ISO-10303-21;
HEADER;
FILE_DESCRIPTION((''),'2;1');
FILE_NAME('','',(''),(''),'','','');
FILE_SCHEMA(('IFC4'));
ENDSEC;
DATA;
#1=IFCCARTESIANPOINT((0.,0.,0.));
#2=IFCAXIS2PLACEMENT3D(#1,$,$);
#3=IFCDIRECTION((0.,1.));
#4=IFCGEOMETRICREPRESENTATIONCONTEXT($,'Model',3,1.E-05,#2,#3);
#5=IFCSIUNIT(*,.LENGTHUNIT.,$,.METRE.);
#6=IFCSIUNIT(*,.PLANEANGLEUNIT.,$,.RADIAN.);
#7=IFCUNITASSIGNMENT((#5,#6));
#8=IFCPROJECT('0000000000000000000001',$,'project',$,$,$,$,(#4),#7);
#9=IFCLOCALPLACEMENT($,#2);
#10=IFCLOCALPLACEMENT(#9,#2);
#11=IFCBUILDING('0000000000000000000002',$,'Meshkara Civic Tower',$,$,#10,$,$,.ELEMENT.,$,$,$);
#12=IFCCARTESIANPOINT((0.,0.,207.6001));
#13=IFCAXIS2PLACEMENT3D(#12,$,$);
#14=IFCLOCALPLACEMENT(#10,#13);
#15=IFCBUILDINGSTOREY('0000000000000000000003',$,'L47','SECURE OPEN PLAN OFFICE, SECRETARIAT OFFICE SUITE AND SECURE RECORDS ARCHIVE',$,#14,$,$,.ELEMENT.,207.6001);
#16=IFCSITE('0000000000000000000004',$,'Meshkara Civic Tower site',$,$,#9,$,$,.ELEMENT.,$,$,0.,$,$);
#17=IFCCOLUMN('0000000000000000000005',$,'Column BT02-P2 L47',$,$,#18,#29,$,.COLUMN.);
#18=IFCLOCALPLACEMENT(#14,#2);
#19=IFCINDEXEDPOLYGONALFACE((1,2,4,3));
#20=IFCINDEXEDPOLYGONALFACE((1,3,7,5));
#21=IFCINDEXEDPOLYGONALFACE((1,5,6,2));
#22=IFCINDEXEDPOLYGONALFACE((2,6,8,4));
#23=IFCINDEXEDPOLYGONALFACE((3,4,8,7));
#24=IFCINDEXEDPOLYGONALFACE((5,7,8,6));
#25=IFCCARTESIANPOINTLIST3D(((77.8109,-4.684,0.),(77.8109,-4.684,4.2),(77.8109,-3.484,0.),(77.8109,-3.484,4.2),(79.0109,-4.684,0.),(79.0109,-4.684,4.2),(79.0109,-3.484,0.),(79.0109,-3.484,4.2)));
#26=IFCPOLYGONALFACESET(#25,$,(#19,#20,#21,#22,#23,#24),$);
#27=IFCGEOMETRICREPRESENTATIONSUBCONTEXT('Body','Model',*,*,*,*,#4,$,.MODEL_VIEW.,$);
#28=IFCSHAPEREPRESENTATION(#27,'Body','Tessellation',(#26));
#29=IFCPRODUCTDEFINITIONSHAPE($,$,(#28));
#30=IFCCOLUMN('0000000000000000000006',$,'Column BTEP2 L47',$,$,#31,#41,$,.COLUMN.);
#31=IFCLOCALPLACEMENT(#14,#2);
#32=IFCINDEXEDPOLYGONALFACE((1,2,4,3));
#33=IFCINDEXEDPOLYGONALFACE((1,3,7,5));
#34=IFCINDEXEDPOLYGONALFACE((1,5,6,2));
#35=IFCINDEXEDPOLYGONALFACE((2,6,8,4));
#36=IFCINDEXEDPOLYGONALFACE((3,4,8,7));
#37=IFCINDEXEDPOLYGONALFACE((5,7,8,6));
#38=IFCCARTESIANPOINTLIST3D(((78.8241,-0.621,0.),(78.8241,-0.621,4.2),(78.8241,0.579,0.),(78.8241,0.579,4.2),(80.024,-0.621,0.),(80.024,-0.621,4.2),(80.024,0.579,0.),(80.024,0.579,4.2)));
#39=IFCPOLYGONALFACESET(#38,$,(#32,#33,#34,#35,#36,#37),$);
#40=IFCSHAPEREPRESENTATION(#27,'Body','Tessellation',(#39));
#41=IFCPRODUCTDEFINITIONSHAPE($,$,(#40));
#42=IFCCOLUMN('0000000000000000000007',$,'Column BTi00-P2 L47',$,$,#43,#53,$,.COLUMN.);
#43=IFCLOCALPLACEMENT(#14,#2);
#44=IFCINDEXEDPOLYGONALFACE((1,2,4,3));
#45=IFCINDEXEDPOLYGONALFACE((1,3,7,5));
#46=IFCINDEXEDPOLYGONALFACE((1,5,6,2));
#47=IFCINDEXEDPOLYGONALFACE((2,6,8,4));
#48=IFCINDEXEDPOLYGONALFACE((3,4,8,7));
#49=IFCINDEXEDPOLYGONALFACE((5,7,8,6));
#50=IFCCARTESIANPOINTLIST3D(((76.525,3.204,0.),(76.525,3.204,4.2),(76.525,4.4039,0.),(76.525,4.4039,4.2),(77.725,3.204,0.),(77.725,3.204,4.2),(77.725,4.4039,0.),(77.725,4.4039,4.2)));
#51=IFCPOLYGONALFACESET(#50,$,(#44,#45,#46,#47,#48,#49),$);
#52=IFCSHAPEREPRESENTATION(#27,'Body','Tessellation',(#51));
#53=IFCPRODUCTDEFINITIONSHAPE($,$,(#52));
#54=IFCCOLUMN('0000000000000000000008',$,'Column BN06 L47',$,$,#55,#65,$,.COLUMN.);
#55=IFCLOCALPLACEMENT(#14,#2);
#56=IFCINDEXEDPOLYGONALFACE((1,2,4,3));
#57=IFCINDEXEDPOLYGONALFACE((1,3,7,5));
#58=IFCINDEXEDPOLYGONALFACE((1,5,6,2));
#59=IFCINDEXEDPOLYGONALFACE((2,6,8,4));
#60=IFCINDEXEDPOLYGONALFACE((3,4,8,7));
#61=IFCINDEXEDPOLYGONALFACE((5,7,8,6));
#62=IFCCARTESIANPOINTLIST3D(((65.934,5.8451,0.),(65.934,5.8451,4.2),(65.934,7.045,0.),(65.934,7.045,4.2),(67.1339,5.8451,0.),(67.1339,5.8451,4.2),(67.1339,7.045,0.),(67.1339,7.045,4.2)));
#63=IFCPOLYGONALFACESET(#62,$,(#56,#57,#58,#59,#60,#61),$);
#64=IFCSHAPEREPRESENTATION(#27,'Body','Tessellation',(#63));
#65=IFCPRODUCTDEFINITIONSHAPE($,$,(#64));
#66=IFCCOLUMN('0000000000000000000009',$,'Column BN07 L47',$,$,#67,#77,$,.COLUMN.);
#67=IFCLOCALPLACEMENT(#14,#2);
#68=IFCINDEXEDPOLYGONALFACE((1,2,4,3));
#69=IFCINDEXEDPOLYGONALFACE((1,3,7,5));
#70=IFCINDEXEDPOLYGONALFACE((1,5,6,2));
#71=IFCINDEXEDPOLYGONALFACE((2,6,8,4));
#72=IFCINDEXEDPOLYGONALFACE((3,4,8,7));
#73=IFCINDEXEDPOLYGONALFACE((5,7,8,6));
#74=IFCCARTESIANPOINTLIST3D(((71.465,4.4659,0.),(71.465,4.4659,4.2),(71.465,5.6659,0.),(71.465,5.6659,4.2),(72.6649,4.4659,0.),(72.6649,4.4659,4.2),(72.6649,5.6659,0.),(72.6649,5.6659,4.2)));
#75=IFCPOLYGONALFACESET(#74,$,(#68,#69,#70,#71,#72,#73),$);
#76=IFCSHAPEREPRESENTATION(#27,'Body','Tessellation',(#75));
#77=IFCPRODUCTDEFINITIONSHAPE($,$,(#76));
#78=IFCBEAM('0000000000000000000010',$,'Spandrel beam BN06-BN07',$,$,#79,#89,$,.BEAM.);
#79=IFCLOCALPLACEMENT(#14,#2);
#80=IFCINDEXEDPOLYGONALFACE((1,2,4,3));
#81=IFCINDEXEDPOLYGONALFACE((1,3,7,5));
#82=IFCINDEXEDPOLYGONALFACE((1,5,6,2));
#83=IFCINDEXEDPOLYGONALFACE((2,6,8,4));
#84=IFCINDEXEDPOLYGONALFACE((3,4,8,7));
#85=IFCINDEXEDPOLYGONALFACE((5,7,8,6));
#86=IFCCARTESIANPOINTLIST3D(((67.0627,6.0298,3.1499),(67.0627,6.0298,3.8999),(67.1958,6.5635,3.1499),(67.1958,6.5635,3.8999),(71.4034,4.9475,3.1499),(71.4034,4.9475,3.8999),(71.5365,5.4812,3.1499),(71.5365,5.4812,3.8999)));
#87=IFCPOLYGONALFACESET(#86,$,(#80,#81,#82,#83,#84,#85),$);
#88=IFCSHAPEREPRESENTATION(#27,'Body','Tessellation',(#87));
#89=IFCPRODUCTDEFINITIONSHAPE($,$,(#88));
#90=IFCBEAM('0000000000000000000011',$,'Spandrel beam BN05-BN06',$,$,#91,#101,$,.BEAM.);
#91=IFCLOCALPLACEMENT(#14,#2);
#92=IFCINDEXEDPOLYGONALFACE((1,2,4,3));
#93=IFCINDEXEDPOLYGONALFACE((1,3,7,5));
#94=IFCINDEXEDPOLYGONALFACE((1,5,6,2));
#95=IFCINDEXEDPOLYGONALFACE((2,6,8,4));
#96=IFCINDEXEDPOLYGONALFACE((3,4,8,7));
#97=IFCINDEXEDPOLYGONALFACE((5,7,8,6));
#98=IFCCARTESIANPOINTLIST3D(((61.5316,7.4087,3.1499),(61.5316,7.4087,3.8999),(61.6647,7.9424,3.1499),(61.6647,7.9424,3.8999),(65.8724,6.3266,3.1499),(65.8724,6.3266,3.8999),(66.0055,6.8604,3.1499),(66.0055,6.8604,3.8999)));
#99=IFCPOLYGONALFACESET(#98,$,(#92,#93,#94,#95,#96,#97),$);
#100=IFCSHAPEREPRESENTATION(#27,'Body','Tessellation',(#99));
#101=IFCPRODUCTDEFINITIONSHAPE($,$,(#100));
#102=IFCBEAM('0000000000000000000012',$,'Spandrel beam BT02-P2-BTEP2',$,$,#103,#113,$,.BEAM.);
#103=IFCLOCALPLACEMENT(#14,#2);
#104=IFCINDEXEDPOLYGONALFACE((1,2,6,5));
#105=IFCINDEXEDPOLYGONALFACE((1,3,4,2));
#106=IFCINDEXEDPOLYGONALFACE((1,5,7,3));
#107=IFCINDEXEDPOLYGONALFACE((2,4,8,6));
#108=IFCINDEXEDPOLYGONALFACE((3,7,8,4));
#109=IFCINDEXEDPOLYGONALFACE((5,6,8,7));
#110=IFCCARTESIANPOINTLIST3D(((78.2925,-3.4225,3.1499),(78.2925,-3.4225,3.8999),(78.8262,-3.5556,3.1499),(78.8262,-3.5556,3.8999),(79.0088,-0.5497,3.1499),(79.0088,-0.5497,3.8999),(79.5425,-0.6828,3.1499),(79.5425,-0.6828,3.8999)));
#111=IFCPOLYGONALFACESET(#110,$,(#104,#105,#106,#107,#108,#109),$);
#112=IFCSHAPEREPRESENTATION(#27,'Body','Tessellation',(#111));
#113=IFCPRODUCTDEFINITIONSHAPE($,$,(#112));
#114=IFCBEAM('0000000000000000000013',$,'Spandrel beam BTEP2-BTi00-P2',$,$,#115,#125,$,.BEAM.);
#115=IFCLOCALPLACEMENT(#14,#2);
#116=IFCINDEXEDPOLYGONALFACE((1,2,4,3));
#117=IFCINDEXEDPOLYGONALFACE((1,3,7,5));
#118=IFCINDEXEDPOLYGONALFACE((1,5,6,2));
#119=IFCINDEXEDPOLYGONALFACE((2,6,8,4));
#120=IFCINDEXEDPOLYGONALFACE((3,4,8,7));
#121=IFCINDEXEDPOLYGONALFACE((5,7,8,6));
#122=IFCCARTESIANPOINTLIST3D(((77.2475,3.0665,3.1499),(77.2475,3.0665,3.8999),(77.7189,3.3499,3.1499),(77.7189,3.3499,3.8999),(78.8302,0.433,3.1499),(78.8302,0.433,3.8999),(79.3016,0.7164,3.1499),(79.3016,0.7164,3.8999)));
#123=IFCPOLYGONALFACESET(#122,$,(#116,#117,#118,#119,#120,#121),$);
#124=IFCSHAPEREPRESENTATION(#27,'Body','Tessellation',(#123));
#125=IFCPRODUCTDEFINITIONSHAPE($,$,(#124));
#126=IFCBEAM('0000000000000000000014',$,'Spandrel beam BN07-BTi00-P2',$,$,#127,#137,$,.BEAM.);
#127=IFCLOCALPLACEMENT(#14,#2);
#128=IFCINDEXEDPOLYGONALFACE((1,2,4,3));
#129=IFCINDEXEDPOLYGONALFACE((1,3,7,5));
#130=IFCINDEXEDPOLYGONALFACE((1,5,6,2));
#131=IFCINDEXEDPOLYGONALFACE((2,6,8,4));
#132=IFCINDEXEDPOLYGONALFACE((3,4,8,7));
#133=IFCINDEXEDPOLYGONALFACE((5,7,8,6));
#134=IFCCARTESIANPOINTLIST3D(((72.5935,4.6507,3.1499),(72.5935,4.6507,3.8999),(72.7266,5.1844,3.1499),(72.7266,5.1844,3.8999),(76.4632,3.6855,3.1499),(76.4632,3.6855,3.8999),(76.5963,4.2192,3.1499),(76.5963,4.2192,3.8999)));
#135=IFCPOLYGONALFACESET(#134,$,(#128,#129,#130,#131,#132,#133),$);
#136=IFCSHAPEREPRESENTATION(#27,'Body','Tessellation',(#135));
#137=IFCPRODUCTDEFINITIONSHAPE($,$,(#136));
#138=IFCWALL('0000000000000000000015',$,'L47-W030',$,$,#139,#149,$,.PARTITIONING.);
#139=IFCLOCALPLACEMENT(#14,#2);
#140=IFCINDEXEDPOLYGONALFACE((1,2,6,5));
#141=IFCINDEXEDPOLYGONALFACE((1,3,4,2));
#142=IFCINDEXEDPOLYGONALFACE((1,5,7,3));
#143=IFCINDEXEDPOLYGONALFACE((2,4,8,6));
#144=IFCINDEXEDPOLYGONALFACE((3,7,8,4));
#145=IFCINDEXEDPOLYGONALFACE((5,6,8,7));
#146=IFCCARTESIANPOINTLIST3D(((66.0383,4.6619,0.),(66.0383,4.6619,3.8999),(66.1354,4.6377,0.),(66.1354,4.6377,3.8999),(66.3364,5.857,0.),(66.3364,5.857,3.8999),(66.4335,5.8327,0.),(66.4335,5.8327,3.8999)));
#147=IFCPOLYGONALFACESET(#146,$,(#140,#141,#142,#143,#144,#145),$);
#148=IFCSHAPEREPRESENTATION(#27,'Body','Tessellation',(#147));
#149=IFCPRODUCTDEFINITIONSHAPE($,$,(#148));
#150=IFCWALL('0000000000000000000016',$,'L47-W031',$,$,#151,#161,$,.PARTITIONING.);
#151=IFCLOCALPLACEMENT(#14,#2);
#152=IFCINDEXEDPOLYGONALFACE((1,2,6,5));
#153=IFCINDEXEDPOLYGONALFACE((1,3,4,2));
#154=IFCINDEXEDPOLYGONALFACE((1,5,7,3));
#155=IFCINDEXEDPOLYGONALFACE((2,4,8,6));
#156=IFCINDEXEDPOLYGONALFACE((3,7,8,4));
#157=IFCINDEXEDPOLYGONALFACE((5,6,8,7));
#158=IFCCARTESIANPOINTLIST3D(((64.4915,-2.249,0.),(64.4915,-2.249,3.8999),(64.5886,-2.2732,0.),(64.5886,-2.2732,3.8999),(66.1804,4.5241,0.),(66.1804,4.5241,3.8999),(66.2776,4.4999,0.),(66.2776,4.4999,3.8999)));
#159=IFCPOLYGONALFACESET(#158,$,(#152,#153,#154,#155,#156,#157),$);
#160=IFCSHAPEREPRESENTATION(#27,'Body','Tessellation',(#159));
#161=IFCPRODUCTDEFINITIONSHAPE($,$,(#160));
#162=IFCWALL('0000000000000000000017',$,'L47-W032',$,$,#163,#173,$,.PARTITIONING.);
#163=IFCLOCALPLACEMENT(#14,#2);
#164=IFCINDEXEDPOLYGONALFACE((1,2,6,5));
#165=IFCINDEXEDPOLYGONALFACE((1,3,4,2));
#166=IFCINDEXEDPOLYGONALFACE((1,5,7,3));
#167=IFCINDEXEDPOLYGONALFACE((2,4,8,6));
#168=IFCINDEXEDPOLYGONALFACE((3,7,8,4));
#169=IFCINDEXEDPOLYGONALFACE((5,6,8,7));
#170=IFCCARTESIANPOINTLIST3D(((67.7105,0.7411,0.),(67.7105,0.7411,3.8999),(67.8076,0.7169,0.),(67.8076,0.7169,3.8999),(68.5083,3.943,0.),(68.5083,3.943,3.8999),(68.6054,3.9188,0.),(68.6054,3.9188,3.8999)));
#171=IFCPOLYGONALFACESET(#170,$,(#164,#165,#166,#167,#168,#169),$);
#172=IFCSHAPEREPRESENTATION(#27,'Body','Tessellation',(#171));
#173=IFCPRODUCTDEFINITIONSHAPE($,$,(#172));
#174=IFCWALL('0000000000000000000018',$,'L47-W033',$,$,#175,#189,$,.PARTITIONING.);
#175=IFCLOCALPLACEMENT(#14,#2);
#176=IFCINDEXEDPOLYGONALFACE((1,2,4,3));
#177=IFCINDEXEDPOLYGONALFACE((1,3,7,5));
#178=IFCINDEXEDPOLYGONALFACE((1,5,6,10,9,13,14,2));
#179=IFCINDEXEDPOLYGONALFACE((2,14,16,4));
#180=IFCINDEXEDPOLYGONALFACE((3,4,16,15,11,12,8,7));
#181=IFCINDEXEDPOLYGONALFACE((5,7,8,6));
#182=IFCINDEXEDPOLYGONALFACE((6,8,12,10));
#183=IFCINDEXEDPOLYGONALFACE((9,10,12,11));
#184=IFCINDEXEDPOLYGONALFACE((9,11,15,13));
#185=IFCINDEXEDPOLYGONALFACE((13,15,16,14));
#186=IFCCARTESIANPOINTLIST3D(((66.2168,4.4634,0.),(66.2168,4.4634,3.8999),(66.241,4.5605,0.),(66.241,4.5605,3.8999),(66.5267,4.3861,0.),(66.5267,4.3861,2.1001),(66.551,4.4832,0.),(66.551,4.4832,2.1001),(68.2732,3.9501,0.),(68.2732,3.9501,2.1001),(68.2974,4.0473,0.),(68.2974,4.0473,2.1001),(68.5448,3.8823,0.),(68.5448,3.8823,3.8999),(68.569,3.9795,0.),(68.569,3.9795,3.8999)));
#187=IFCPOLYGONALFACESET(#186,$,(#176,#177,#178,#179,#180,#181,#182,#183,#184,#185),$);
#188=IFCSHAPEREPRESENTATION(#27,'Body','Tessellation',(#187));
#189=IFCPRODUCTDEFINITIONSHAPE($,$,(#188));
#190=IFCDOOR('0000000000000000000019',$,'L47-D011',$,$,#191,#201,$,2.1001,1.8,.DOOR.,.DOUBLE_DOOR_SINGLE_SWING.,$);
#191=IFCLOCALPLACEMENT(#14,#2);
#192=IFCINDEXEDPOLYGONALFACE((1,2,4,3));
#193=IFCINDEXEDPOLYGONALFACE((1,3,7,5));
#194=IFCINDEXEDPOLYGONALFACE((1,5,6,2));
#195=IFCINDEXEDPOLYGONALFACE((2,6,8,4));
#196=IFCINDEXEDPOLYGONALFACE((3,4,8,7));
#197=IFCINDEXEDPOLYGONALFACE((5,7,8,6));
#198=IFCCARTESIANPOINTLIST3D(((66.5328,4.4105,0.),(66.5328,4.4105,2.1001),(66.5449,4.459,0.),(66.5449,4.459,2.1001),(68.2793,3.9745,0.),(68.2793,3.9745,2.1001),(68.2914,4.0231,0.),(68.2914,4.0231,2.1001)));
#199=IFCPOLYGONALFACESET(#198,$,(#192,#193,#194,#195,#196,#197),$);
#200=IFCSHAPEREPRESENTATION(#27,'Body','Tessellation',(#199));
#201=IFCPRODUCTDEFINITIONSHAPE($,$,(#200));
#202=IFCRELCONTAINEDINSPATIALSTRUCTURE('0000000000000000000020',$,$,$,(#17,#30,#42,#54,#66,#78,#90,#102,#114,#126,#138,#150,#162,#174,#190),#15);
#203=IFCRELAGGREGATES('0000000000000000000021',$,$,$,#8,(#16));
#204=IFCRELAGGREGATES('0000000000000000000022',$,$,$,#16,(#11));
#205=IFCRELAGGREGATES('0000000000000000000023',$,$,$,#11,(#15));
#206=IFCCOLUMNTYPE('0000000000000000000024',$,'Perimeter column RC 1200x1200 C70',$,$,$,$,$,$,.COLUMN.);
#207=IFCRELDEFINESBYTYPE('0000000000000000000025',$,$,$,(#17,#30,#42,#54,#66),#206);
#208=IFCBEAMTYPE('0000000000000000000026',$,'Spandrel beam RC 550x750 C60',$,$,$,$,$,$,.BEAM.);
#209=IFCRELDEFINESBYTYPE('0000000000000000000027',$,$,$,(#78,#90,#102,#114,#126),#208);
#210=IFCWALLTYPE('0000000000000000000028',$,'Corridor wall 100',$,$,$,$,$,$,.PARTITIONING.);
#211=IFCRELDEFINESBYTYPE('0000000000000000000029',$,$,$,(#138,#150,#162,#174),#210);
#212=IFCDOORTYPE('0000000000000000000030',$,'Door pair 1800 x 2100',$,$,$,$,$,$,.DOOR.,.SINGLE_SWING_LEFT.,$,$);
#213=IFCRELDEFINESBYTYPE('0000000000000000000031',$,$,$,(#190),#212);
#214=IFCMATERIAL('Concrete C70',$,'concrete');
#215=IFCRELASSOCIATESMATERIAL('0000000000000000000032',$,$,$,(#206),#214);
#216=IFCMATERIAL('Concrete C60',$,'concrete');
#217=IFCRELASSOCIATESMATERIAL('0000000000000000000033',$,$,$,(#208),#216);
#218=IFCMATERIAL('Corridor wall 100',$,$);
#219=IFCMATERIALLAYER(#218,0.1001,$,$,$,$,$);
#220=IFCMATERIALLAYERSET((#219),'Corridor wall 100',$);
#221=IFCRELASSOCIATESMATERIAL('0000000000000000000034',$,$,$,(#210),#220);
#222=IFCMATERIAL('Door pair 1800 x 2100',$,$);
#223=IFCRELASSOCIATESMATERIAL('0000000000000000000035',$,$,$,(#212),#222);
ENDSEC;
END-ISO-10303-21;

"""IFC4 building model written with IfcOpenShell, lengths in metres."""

from ifc_helpers import new_model, si_unit, direction, frame, frame_2d, origin, origin_2d, place, context, subcontext, project, spatial, rectangle, extrude, material, layer, layer_set, material_profile, profile_set, type_object, element, fill, save


model = new_model("IFC4")

# Units and contexts
model_context = context("Model", 3, precision=1e-05, world=origin(), true_north=direction((0.0, 1.0)))
body_context = subcontext(model_context, "Body", "Model", "MODEL_VIEW")
ifc_project = project(units=[si_unit("LENGTHUNIT", "METRE"), si_unit("PLANEANGLEUNIT", "RADIAN")], contexts=[model_context])

# Site, building, storey
site_placement = place(None, origin())
site = spatial("IfcSite", under=ifc_project, at=site_placement, Name="Meshkara Civic Tower site", CompositionType="ELEMENT", RefElevation=0.0)
building_placement = place(site_placement, origin())
building = spatial("IfcBuilding", under=site, at=building_placement, Name="Meshkara Civic Tower", CompositionType="ELEMENT")
storey_placement = place(building_placement, frame((0.0, 0.0, 207.6001)))
storey = spatial("IfcBuildingStorey", under=building, at=storey_placement, Name="L47", Description="SECURE OPEN PLAN OFFICE, SECRETARIAT OFFICE SUITE AND SECURE RECORDS ARCHIVE", CompositionType="ELEMENT", Elevation=207.6001)

# Columns
ifc_material_1 = material(Name="Concrete C70", Category="concrete")
ifc_material_profile_1 = material_profile(ifc_material_1, rectangle(XDim=1.2, YDim=1.2, at=origin_2d()))
ifc_profile_set_1 = profile_set([ifc_material_profile_1], Name="Concrete C70")
column_type = type_object("IfcColumnType", Name="Perimeter column RC 1200x1200 C70", PredefinedType="COLUMN", material=ifc_profile_set_1)
for number, where, z_axis, x_axis, name in (
    (1, (78.4109, -4.084, 0.0), (0.0, 0.0, 1.0), (1.0, 0.0, 0.0), "Column BT02-P2 L47"),
    (2, (79.4241, -0.021, 0.0), (0.0, 0.0, 1.0), (1.0, 0.0, 0.0), "Column BTEP2 L47"),
    (3, (77.125, 3.804, 0.0), (0.0, 0.0, 1.0), (1.0, 0.0, 0.0), "Column BTi00-P2 L47"),
    (4, (66.5339, 6.4451, 0.0), (0.0, 0.0, 1.0), (1.0, 0.0, 0.0), "Column BN06 L47"),
    (5, (72.0649, 5.0659, 0.0), (0.0, 0.0, 1.0), (1.0, 0.0, 0.0), "Column BN07 L47"),
):
    element("IfcColumn", number, at=place(storey_placement, frame(where, z_axis=z_axis, x_axis=x_axis)), inside=storey, type_object=column_type, Name=name, PredefinedType="COLUMN", context=body_context, shape_type="SweptSolid", body=[
        extrude(rectangle(XDim=1.2, YDim=1.2, at=origin_2d()), origin(), (0.0, 0.0, 1.0), 4.2),
    ])

# Beams
ifc_material_2 = material(Name="Concrete C60", Category="concrete")
ifc_material_profile_2 = material_profile(ifc_material_2, rectangle(XDim=0.55, YDim=0.75, at=origin_2d()))
ifc_profile_set_2 = profile_set([ifc_material_profile_2], Name="Concrete C60")
beam_type = type_object("IfcBeamType", Name="Spandrel beam RC 550x750 C60", PredefinedType="BEAM", material=ifc_profile_set_2)
for number, where, z_axis, x_axis, name in (
    (6, (71.47, 5.2144, 3.5249), (-0.970296, 0.241919, 0.0), (-0.241919, -0.970296, 0.0), "Spandrel beam BN06-BN07"),
    (7, (65.939, 6.5935, 3.5249), (-0.970309, 0.241868, 0.0), (-0.241868, -0.970309, 0.0), "Spandrel beam BN05-BN06"),
):
    element("IfcBeam", number, at=place(storey_placement, frame(where, z_axis=z_axis, x_axis=x_axis)), inside=storey, type_object=beam_type, Name=name, PredefinedType="BEAM", context=body_context, shape_type="SweptSolid", body=[
        extrude(rectangle(XDim=0.55, YDim=0.75, at=origin_2d()), origin(), (0.0, 0.0, 1.0), 4.4736),
    ])
beam_1_placement = place(storey_placement, frame((78.5593, -3.489, 3.5249), z_axis=(0.241934, 0.970293, 0.0), x_axis=(-0.970293, 0.241934, 0.0)))
element("IfcBeam", 8, at=beam_1_placement, inside=storey, type_object=beam_type, Name="Spandrel beam BT02-P2-BTEP2", PredefinedType="BEAM", context=body_context, shape_type="SweptSolid", body=[
    extrude(rectangle(XDim=0.55, YDim=0.75, at=origin_2d()), origin(), (0.0, 0.0, 1.0), 2.9607),
])
beam_2_placement = place(storey_placement, frame((79.0659, 0.5747, 3.5249), z_axis=(-0.515127, 0.857114, 0.0), x_axis=(-0.857114, -0.515127, 0.0)))
element("IfcBeam", 9, at=beam_2_placement, inside=storey, type_object=beam_type, Name="Spandrel beam BTEP2-BTi00-P2", PredefinedType="BEAM", context=body_context, shape_type="SweptSolid", body=[
    extrude(rectangle(XDim=0.55, YDim=0.75, at=origin_2d()), origin(), (0.0, 0.0, 1.0), 3.0725),
])
beam_3_placement = place(storey_placement, frame((76.5298, 3.9524, 3.5249), z_axis=(-0.970279, 0.241988, 0.0), x_axis=(-0.241988, -0.970279, 0.0)))
element("IfcBeam", 10, at=beam_3_placement, inside=storey, type_object=beam_type, Name="Spandrel beam BN07-BTi00-P2", PredefinedType="BEAM", context=body_context, shape_type="SweptSolid", body=[
    extrude(rectangle(XDim=0.55, YDim=0.75, at=origin_2d()), origin(), (0.0, 0.0, 1.0), 3.9883),
])

# Walls
ifc_material_3 = material(Name="Corridor wall 100")
ifc_layer_1 = layer(ifc_material_3, 0.1001)
ifc_layer_set_1 = layer_set([ifc_layer_1], Name="Corridor wall 100")
wall_type_1 = type_object("IfcWallType", Name="Corridor wall 100", PredefinedType="PARTITIONING", material=ifc_layer_set_1)
wall_1_placement = place(storey_placement, frame((66.0869, 4.6499, 0.0), z_axis=(0.0, 0.0, 1.0), x_axis=(0.242023, 0.970271, 0.0)))
element("IfcWall", 11, at=wall_1_placement, inside=storey, type_object=wall_type_1, Name="L47-W030", PredefinedType="PARTITIONING", context=body_context, shape_type="SweptSolid", body=[
    extrude(rectangle(XDim=1.2317, YDim=0.1001, at=frame_2d((0.6157, 0.0))), origin(), (0.0, 0.0, 1.0), 3.8999),
])
wall_2_placement = place(storey_placement, frame((66.229, 4.512, 0.0), z_axis=(0.0, 0.0, 1.0), x_axis=(-0.24196, -0.970286, 0.0)))
element("IfcWall", 12, at=wall_2_placement, inside=storey, type_object=wall_type_1, Name="L47-W031", PredefinedType="PARTITIONING", context=body_context, shape_type="SweptSolid", body=[
    extrude(rectangle(XDim=6.9805, YDim=0.1001, at=frame_2d((3.4902, 0.0))), origin(), (0.0, 0.0, 1.0), 3.8999),
])
wall_3_placement = place(storey_placement, frame((67.759, 0.729, 0.0), z_axis=(0.0, 0.0, 1.0), x_axis=(0.241787, 0.970329, 0.0)))
element("IfcWall", 13, at=wall_3_placement, inside=storey, type_object=wall_type_1, Name="L47-W032", PredefinedType="PARTITIONING", context=body_context, shape_type="SweptSolid", body=[
    extrude(rectangle(XDim=3.2998, YDim=0.1001, at=frame_2d((1.6499, 0.0))), origin(), (0.0, 0.0, 1.0), 3.8999),
])

# Wall, opening, door
wall_4_placement = place(storey_placement, frame((68.5569, 3.9309, 0.0), z_axis=(0.0, 0.0, 1.0), x_axis=(-0.970232, 0.242176, 0.0)))
wall_4 = element("IfcWall", 14, at=wall_4_placement, inside=storey, type_object=wall_type_1, Name="L47-W033", PredefinedType="PARTITIONING", context=body_context, shape_type="SweptSolid", body=[
    extrude(rectangle(XDim=2.3994, YDim=0.1001, at=frame_2d((1.1997, 0.0))), origin(), (0.0, 0.0, 1.0), 3.8999),
])
opening_1_placement = place(wall_4_placement, frame((0.28, 0.0, 0.0)))
opening_1 = element("IfcOpeningElement", 15, at=opening_1_placement, cuts=wall_4, PredefinedType="OPENING", context=body_context, shape_type="SweptSolid", body=[
    extrude(rectangle(XDim=1.8, YDim=2.1001, at=frame_2d((0.8999, 1.05))), frame((0.0, 0.0601, 0.0), z_axis=(0.0, -1.0, 0.0), x_axis=(1.0, 0.0, 0.0)), (0.0, 0.0, 1.0), 0.1201),
])
ifc_material_4 = material(Name="Door pair 1800 x 2100")
door_type = type_object("IfcDoorType", Name="Door pair 1800 x 2100", OperationType="SINGLE_SWING_LEFT", PredefinedType="DOOR", material=ifc_material_4)
door_placement = place(opening_1_placement, origin())
door = element("IfcDoor", 16, at=door_placement, inside=storey, type_object=door_type, Name="L47-D011", OperationType="DOUBLE_DOOR_SINGLE_SWING", OverallHeight=2.1001, OverallWidth=1.8, PredefinedType="DOOR", context=body_context, shape_type="SweptSolid", body=[
    extrude(rectangle(XDim=1.8, YDim=2.1001, at=frame_2d((0.8999, 1.05))), frame((0.0, 0.0249, 0.0), z_axis=(0.0, -1.0, 0.0), x_axis=(1.0, 0.0, 0.0)), (0.0, 0.0, 1.0), 0.05),
])
fill(opening_1, door)

save(model, "model.ifc")
